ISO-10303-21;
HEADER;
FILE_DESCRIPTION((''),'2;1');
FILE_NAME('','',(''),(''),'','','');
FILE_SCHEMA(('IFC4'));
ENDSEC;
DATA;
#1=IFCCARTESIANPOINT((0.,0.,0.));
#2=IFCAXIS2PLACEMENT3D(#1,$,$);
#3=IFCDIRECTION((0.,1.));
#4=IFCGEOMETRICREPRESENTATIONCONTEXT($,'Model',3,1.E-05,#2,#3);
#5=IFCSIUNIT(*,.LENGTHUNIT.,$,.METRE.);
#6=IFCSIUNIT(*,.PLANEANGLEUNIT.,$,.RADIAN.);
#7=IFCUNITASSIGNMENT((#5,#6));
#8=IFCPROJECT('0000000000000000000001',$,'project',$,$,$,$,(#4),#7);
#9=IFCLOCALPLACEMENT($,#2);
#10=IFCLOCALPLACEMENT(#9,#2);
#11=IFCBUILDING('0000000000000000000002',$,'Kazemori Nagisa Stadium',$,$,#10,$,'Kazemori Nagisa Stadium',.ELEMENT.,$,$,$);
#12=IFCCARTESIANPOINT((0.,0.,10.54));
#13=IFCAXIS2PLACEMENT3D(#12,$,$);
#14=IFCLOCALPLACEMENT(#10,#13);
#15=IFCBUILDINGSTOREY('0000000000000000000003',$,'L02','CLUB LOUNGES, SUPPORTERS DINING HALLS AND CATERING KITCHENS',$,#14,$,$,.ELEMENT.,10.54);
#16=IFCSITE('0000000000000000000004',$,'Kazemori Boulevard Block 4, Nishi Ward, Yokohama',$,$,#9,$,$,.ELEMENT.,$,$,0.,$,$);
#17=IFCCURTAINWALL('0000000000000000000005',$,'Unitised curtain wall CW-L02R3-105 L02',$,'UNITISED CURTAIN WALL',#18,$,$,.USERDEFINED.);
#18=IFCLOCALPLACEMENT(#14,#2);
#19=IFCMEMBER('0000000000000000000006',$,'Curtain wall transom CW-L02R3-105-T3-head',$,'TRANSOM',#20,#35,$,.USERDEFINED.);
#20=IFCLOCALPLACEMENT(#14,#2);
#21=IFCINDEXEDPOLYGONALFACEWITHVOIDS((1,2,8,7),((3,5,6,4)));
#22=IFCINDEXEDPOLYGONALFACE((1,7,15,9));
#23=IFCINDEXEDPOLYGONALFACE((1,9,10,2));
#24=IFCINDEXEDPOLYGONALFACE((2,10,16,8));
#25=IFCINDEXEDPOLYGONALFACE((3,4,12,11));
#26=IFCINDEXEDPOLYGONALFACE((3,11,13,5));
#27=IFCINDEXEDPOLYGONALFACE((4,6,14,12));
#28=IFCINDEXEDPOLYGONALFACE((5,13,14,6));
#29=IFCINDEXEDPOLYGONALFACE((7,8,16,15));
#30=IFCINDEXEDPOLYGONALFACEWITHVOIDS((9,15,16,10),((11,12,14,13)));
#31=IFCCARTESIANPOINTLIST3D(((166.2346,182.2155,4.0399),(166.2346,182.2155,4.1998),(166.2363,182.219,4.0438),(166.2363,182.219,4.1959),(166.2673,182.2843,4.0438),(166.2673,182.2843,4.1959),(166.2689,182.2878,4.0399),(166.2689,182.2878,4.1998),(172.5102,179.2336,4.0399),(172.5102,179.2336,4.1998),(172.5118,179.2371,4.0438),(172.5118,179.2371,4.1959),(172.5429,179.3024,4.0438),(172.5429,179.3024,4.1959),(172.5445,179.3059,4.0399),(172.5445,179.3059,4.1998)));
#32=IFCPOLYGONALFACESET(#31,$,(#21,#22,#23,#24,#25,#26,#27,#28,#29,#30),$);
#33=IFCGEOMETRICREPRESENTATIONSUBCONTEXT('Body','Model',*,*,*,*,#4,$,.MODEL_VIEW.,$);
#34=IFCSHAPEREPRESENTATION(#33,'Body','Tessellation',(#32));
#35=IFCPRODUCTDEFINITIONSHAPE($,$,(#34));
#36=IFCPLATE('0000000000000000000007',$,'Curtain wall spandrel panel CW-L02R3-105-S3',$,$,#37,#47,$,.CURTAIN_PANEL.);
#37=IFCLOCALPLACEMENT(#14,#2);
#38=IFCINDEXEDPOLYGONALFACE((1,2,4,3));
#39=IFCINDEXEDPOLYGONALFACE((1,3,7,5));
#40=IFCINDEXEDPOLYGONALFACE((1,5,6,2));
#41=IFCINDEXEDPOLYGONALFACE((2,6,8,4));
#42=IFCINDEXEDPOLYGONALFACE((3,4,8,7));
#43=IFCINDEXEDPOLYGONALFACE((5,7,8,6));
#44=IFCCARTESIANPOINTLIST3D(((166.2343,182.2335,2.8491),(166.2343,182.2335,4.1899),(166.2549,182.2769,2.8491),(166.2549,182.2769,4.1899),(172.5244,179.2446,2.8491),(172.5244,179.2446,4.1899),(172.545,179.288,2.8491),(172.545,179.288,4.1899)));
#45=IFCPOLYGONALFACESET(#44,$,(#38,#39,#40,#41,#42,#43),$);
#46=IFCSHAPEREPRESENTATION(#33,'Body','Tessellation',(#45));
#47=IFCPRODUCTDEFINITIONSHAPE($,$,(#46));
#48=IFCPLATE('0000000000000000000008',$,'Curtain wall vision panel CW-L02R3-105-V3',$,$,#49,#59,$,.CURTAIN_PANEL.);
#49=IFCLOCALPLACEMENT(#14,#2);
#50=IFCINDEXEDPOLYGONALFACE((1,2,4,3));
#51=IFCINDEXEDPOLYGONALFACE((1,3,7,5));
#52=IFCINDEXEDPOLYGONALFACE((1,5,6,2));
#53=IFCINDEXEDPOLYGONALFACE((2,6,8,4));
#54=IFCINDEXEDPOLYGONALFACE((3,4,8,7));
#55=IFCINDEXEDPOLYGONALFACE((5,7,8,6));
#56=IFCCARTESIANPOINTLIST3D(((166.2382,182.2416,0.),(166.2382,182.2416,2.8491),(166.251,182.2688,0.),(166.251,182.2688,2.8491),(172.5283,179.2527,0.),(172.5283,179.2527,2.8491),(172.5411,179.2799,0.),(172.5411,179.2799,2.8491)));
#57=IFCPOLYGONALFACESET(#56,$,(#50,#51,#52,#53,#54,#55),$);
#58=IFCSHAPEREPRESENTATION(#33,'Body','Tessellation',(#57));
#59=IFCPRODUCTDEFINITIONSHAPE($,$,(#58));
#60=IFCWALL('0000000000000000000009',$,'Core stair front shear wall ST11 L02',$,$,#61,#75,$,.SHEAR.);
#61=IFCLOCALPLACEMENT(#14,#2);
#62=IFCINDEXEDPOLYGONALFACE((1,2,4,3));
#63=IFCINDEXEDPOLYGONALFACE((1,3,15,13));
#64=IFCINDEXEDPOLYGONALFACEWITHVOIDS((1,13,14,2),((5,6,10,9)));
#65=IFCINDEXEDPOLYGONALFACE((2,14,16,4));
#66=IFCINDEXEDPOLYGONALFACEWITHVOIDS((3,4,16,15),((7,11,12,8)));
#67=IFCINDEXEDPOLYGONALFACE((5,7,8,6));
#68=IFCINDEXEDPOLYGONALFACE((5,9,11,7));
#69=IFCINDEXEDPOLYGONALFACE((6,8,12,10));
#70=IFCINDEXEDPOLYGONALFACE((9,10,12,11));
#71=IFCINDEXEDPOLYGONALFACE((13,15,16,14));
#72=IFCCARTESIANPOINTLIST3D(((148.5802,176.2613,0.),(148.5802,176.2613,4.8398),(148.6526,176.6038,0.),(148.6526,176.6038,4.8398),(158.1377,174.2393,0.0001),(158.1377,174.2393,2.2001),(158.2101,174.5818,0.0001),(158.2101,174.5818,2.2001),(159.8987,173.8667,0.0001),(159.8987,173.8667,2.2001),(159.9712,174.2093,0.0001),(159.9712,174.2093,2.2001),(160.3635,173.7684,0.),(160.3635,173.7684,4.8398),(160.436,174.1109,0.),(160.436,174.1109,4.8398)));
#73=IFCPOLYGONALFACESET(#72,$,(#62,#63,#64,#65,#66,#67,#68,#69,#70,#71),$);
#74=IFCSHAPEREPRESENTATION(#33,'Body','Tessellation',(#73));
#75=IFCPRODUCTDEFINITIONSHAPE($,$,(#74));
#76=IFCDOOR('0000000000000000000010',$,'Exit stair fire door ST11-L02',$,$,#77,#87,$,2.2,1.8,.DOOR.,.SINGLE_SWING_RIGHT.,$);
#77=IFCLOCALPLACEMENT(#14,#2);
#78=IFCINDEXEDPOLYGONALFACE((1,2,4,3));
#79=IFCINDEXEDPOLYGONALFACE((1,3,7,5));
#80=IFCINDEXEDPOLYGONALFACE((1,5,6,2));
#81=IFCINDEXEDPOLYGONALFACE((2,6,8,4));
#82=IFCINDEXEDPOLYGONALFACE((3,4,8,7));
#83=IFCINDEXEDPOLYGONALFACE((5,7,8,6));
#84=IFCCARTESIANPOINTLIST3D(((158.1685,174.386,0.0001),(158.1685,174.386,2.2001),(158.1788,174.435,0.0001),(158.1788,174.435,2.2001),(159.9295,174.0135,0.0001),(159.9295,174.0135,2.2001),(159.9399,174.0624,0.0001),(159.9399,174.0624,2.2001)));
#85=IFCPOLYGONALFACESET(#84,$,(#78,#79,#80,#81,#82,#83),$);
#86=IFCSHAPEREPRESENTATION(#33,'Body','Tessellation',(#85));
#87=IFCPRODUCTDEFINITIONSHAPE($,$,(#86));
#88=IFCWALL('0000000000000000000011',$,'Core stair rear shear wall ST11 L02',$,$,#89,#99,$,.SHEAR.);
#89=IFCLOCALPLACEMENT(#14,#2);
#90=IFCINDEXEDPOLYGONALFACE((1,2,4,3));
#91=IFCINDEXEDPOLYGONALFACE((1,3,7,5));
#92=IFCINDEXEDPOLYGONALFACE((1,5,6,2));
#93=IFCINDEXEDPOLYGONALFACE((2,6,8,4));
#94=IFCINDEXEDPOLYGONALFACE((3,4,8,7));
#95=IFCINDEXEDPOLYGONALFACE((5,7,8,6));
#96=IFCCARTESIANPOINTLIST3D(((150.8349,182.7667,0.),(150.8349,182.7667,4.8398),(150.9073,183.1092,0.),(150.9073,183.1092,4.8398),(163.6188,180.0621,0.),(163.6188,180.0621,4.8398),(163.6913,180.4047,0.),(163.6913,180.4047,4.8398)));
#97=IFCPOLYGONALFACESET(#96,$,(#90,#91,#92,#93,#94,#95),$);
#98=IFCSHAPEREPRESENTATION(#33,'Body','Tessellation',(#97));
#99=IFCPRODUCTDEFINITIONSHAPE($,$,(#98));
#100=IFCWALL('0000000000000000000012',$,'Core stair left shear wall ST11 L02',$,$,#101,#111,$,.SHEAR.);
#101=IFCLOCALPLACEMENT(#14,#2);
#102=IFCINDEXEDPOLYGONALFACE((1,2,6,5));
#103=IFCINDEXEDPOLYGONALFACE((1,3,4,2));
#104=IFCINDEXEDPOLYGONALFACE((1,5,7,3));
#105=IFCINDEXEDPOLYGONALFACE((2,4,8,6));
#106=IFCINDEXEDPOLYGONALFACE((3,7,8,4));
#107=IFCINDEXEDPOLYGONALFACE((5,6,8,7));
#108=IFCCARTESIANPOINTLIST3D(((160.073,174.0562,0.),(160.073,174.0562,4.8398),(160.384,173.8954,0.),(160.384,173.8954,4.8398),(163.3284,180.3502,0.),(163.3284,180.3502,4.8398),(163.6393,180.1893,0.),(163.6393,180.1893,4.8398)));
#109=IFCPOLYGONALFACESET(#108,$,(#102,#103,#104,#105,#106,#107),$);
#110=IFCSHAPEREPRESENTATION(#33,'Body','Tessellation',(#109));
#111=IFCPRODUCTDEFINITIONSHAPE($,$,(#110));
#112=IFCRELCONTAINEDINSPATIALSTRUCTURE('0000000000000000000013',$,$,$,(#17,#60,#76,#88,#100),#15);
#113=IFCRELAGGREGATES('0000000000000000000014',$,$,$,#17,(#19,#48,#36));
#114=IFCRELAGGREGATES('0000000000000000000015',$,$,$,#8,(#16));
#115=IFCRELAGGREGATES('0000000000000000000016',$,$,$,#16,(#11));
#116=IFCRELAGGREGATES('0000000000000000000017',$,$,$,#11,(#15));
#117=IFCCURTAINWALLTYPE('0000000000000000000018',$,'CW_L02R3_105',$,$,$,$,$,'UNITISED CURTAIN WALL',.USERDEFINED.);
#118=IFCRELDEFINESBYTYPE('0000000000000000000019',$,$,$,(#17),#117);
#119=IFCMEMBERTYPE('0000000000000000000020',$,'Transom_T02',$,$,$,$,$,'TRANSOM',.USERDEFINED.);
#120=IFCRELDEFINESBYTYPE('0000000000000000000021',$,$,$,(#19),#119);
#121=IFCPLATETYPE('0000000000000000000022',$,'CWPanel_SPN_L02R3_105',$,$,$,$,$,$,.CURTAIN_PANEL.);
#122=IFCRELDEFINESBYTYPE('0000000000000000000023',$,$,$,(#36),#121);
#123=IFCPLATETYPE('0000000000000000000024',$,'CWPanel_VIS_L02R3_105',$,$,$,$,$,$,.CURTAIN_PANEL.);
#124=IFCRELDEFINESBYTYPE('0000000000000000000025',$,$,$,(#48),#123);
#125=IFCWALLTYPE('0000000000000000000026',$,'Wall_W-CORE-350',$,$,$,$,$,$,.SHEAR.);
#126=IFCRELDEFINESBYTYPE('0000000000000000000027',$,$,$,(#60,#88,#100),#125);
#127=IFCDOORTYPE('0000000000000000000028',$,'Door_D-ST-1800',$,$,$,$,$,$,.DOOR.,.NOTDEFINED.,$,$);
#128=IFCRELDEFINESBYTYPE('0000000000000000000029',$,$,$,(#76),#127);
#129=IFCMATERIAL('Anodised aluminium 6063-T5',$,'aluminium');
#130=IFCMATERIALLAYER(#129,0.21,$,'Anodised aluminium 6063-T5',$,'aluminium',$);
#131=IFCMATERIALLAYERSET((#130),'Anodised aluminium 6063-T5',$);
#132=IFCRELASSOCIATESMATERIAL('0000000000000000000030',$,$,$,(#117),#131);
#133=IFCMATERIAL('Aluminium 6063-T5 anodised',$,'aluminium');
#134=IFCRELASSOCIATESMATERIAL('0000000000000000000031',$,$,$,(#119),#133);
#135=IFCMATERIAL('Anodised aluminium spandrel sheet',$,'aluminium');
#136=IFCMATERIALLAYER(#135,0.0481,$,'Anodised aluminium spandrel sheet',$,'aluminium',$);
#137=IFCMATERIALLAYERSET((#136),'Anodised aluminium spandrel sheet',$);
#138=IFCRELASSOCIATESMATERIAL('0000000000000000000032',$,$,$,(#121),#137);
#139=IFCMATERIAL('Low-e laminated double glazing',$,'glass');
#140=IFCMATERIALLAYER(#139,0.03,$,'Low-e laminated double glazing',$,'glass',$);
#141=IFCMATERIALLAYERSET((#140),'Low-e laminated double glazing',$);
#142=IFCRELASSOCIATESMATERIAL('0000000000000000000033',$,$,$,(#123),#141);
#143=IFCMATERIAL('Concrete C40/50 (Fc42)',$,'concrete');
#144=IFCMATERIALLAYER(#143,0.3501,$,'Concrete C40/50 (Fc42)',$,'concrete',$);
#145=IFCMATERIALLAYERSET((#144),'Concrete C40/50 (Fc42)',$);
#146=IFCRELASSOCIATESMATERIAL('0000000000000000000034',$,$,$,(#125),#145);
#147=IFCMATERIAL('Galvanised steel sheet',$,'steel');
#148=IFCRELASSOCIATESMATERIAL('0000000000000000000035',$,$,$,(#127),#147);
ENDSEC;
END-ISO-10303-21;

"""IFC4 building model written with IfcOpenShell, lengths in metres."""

from ifc_helpers import new_model, si_unit, direction, frame, frame_2d, origin, origin_2d, place, context, subcontext, project, spatial, rectangle, hollow_rectangle, extrude, material, layer, layer_set, material_profile, profile_set, type_object, element, fill, aggregate, save


model = new_model("IFC4")

# Units and contexts
model_context = context("Model", 3, precision=1e-05, world=origin(), true_north=direction((0.0, 1.0)))
body_context = subcontext(model_context, "Body", "Model", "MODEL_VIEW")
ifc_project = project(units=[si_unit("LENGTHUNIT", "METRE"), si_unit("PLANEANGLEUNIT", "RADIAN")], contexts=[model_context])

# Site, building, storey
site_placement = place(None, origin())
site = spatial("IfcSite", under=ifc_project, at=site_placement, Name="Kazemori Boulevard Block 4, Nishi Ward, Yokohama", CompositionType="ELEMENT", RefElevation=0.0)
building_placement = place(site_placement, origin())
building = spatial("IfcBuilding", under=site, at=building_placement, Name="Kazemori Nagisa Stadium", LongName="Kazemori Nagisa Stadium", CompositionType="ELEMENT")
storey_placement = place(building_placement, frame((0.0, 0.0, 10.54)))
storey = spatial("IfcBuildingStorey", under=building, at=storey_placement, Name="L02", Description="CLUB LOUNGES, SUPPORTERS DINING HALLS AND CATERING KITCHENS", CompositionType="ELEMENT", Elevation=10.54)

# Shared definitions
ifc_material_1 = material(Name="Concrete C40/50 (Fc42)", Category="concrete")

# Curtain wall, member, plates
ifc_material_2 = material(Name="Anodised aluminium 6063-T5", Category="aluminium")
ifc_layer_1 = layer(ifc_material_2, 0.21, Name="Anodised aluminium 6063-T5", Category="aluminium")
ifc_layer_set_1 = layer_set([ifc_layer_1], Name="Anodised aluminium 6063-T5")
curtain_wall_type = type_object("IfcCurtainWallType", Name="CW_L02R3_105", ElementType="UNITISED CURTAIN WALL", PredefinedType="USERDEFINED", material=ifc_layer_set_1)
curtain_wall_placement = place(storey_placement, origin())
curtain_wall = element("IfcCurtainWall", 1, at=curtain_wall_placement, inside=storey, type_object=curtain_wall_type, Name="Unitised curtain wall CW-L02R3-105 L02", ObjectType="UNITISED CURTAIN WALL", PredefinedType="USERDEFINED")
ifc_material_3 = material(Name="Aluminium 6063-T5 anodised", Category="aluminium")
ifc_material_profile_1 = material_profile(ifc_material_3, hollow_rectangle(XDim=0.0801, YDim=0.1599, WallThickness=0.0039, at=origin_2d()), Name="ALU-TRAN-80x160x4")
ifc_profile_set_1 = profile_set([ifc_material_profile_1], Name="Aluminium 6063-T5 anodised")
member_type_1 = type_object("IfcMemberType", Name="Transom_T02", ElementType="TRANSOM", PredefinedType="USERDEFINED", material=ifc_profile_set_1)
member_1_placement = place(storey_placement, frame((172.5273, 179.2698, 4.1199), z_axis=(-0.903221, 0.429175, 0.0), x_axis=(-0.429175, -0.903221, 0.0)))
member_1 = element("IfcMember", 2, at=member_1_placement, type_object=member_type_1, Name="Curtain wall transom CW-L02R3-105-T3-head", ObjectType="TRANSOM", PredefinedType="USERDEFINED", context=body_context, shape_type="SweptSolid", body=[
    extrude(hollow_rectangle(XDim=0.0801, YDim=0.1599, WallThickness=0.0039, at=origin_2d()), origin(), (0.0, 0.0, 1.0), 6.948),
])
ifc_material_4 = material(Name="Anodised aluminium spandrel sheet", Category="aluminium")
ifc_layer_2 = layer(ifc_material_4, 0.0481, Name="Anodised aluminium spandrel sheet", Category="aluminium")
ifc_layer_set_2 = layer_set([ifc_layer_2], Name="Anodised aluminium spandrel sheet")
plate_type_1 = type_object("IfcPlateType", Name="CWPanel_SPN_L02R3_105", PredefinedType="CURTAIN_PANEL", material=ifc_layer_set_2)
plate_1_placement = place(storey_placement, frame((169.3896, 180.7607, 2.8491), z_axis=(0.0, 0.0, 1.0), x_axis=(-0.903216, 0.429186, 0.0)))
plate_1 = element("IfcPlate", 3, at=plate_1_placement, type_object=plate_type_1, Name="Curtain wall spandrel panel CW-L02R3-105-S3", PredefinedType="CURTAIN_PANEL", context=body_context, shape_type="SweptSolid", body=[
    extrude(rectangle(XDim=6.9641, YDim=0.0481, at=origin_2d()), origin(), (0.0, 0.0, 1.0), 1.3408),
])
ifc_material_5 = material(Name="Low-e laminated double glazing", Category="glass")
ifc_layer_3 = layer(ifc_material_5, 0.03, Name="Low-e laminated double glazing", Category="glass")
ifc_layer_set_3 = layer_set([ifc_layer_3], Name="Low-e laminated double glazing")
plate_type_2 = type_object("IfcPlateType", Name="CWPanel_VIS_L02R3_105", PredefinedType="CURTAIN_PANEL", material=ifc_layer_set_3)
plate_2_placement = place(storey_placement, frame((169.3896, 180.7607, 0.0), z_axis=(0.0, 0.0, 1.0), x_axis=(-0.903216, 0.429186, 0.0)))
plate_2 = element("IfcPlate", 4, at=plate_2_placement, type_object=plate_type_2, Name="Curtain wall vision panel CW-L02R3-105-V3", PredefinedType="CURTAIN_PANEL", context=body_context, shape_type="SweptSolid", body=[
    extrude(rectangle(XDim=6.9641, YDim=0.03, at=origin_2d()), origin(), (0.0, 0.0, 1.0), 2.8491),
])
aggregate(curtain_wall, [member_1, plate_2, plate_1])

# Wall, opening, door
ifc_layer_4 = layer(ifc_material_1, 0.3501, Name="Concrete C40/50 (Fc42)", Category="concrete")
ifc_layer_set_4 = layer_set([ifc_layer_4], Name="Concrete C40/50 (Fc42)")
wall_type_1 = type_object("IfcWallType", Name="Wall_W-CORE-350", PredefinedType="SHEAR", material=ifc_layer_set_4)
wall_1_placement = place(storey_placement, frame((160.3997, 173.9397, 0.0), z_axis=(0.0, 0.0, 1.0), x_axis=(-0.978345, 0.20698, 0.0)))
wall_1 = element("IfcWall", 5, at=wall_1_placement, inside=storey, type_object=wall_type_1, Name="Core stair front shear wall ST11 L02", PredefinedType="SHEAR", context=body_context, shape_type="SweptSolid", body=[
    extrude(rectangle(XDim=12.0442, YDim=0.3501, at=frame_2d((6.022, 0.0))), origin(), (0.0, 0.0, 1.0), 4.8398),
])
opening_1_placement = place(wall_1_placement, frame((0.4751, 0.0, 0.0)))
opening_1 = element("IfcOpeningElement", 6, at=opening_1_placement, cuts=wall_1, PredefinedType="OPENING", context=body_context, shape_type="SweptSolid", body=[
    extrude(rectangle(XDim=1.8, YDim=2.2, at=frame_2d((0.8999, 1.1001))), frame((0.0, 0.1851, 0.0), z_axis=(0.0, -1.0, 0.0), x_axis=(1.0, 0.0, 0.0)), (0.0, 0.0, 1.0), 0.3701),
])
ifc_material_6 = material(Name="Galvanised steel sheet", Category="steel")
door_type_1 = type_object("IfcDoorType", Name="Door_D-ST-1800", OperationType="NOTDEFINED", PredefinedType="DOOR", material=ifc_material_6)
door_1_placement = place(opening_1_placement, frame((1.8, 0.0, 0.0), z_axis=(0.0, 0.0, 1.0), x_axis=(-1.0, 0.0, 0.0)))
door_1 = element("IfcDoor", 7, at=door_1_placement, inside=storey, type_object=door_type_1, Name="Exit stair fire door ST11-L02", OperationType="SINGLE_SWING_RIGHT", OverallHeight=2.2, OverallWidth=1.8, PredefinedType="DOOR", context=body_context, shape_type="SweptSolid", body=[
    extrude(rectangle(XDim=1.8, YDim=2.2, at=frame_2d((0.8999, 1.1001))), frame((0.0, 0.0249, 0.0), z_axis=(0.0, -1.0, 0.0), x_axis=(1.0, 0.0, 0.0)), (0.0, 0.0, 1.0), 0.05),
])
fill(opening_1, door_1)

# Walls
wall_2_placement = place(storey_placement, frame((163.655, 180.2334, 0.0), z_axis=(0.0, 0.0, 1.0), x_axis=(-0.978345, 0.20698, 0.0)))
element("IfcWall", 8, at=wall_2_placement, inside=storey, type_object=wall_type_1, Name="Core stair rear shear wall ST11 L02", PredefinedType="SHEAR", context=body_context, shape_type="SweptSolid", body=[
    extrude(rectangle(XDim=13.0669, YDim=0.3501, at=frame_2d((6.5334, 0.0))), origin(), (0.0, 0.0, 1.0), 4.8398),
])
wall_3_placement = place(storey_placement, frame((160.2285, 173.9758, 0.0), z_axis=(0.0, 0.0, 1.0), x_axis=(0.45941, 0.888224, 0.0)))
element("IfcWall", 9, at=wall_3_placement, inside=storey, type_object=wall_type_1, Name="Core stair left shear wall ST11 L02", PredefinedType="SHEAR", context=body_context, shape_type="SweptSolid", body=[
    extrude(rectangle(XDim=7.0859, YDim=0.3501, at=frame_2d((3.543, 0.0))), origin(), (0.0, 0.0, 1.0), 4.8398),
])

save(model, "model.ifc")
